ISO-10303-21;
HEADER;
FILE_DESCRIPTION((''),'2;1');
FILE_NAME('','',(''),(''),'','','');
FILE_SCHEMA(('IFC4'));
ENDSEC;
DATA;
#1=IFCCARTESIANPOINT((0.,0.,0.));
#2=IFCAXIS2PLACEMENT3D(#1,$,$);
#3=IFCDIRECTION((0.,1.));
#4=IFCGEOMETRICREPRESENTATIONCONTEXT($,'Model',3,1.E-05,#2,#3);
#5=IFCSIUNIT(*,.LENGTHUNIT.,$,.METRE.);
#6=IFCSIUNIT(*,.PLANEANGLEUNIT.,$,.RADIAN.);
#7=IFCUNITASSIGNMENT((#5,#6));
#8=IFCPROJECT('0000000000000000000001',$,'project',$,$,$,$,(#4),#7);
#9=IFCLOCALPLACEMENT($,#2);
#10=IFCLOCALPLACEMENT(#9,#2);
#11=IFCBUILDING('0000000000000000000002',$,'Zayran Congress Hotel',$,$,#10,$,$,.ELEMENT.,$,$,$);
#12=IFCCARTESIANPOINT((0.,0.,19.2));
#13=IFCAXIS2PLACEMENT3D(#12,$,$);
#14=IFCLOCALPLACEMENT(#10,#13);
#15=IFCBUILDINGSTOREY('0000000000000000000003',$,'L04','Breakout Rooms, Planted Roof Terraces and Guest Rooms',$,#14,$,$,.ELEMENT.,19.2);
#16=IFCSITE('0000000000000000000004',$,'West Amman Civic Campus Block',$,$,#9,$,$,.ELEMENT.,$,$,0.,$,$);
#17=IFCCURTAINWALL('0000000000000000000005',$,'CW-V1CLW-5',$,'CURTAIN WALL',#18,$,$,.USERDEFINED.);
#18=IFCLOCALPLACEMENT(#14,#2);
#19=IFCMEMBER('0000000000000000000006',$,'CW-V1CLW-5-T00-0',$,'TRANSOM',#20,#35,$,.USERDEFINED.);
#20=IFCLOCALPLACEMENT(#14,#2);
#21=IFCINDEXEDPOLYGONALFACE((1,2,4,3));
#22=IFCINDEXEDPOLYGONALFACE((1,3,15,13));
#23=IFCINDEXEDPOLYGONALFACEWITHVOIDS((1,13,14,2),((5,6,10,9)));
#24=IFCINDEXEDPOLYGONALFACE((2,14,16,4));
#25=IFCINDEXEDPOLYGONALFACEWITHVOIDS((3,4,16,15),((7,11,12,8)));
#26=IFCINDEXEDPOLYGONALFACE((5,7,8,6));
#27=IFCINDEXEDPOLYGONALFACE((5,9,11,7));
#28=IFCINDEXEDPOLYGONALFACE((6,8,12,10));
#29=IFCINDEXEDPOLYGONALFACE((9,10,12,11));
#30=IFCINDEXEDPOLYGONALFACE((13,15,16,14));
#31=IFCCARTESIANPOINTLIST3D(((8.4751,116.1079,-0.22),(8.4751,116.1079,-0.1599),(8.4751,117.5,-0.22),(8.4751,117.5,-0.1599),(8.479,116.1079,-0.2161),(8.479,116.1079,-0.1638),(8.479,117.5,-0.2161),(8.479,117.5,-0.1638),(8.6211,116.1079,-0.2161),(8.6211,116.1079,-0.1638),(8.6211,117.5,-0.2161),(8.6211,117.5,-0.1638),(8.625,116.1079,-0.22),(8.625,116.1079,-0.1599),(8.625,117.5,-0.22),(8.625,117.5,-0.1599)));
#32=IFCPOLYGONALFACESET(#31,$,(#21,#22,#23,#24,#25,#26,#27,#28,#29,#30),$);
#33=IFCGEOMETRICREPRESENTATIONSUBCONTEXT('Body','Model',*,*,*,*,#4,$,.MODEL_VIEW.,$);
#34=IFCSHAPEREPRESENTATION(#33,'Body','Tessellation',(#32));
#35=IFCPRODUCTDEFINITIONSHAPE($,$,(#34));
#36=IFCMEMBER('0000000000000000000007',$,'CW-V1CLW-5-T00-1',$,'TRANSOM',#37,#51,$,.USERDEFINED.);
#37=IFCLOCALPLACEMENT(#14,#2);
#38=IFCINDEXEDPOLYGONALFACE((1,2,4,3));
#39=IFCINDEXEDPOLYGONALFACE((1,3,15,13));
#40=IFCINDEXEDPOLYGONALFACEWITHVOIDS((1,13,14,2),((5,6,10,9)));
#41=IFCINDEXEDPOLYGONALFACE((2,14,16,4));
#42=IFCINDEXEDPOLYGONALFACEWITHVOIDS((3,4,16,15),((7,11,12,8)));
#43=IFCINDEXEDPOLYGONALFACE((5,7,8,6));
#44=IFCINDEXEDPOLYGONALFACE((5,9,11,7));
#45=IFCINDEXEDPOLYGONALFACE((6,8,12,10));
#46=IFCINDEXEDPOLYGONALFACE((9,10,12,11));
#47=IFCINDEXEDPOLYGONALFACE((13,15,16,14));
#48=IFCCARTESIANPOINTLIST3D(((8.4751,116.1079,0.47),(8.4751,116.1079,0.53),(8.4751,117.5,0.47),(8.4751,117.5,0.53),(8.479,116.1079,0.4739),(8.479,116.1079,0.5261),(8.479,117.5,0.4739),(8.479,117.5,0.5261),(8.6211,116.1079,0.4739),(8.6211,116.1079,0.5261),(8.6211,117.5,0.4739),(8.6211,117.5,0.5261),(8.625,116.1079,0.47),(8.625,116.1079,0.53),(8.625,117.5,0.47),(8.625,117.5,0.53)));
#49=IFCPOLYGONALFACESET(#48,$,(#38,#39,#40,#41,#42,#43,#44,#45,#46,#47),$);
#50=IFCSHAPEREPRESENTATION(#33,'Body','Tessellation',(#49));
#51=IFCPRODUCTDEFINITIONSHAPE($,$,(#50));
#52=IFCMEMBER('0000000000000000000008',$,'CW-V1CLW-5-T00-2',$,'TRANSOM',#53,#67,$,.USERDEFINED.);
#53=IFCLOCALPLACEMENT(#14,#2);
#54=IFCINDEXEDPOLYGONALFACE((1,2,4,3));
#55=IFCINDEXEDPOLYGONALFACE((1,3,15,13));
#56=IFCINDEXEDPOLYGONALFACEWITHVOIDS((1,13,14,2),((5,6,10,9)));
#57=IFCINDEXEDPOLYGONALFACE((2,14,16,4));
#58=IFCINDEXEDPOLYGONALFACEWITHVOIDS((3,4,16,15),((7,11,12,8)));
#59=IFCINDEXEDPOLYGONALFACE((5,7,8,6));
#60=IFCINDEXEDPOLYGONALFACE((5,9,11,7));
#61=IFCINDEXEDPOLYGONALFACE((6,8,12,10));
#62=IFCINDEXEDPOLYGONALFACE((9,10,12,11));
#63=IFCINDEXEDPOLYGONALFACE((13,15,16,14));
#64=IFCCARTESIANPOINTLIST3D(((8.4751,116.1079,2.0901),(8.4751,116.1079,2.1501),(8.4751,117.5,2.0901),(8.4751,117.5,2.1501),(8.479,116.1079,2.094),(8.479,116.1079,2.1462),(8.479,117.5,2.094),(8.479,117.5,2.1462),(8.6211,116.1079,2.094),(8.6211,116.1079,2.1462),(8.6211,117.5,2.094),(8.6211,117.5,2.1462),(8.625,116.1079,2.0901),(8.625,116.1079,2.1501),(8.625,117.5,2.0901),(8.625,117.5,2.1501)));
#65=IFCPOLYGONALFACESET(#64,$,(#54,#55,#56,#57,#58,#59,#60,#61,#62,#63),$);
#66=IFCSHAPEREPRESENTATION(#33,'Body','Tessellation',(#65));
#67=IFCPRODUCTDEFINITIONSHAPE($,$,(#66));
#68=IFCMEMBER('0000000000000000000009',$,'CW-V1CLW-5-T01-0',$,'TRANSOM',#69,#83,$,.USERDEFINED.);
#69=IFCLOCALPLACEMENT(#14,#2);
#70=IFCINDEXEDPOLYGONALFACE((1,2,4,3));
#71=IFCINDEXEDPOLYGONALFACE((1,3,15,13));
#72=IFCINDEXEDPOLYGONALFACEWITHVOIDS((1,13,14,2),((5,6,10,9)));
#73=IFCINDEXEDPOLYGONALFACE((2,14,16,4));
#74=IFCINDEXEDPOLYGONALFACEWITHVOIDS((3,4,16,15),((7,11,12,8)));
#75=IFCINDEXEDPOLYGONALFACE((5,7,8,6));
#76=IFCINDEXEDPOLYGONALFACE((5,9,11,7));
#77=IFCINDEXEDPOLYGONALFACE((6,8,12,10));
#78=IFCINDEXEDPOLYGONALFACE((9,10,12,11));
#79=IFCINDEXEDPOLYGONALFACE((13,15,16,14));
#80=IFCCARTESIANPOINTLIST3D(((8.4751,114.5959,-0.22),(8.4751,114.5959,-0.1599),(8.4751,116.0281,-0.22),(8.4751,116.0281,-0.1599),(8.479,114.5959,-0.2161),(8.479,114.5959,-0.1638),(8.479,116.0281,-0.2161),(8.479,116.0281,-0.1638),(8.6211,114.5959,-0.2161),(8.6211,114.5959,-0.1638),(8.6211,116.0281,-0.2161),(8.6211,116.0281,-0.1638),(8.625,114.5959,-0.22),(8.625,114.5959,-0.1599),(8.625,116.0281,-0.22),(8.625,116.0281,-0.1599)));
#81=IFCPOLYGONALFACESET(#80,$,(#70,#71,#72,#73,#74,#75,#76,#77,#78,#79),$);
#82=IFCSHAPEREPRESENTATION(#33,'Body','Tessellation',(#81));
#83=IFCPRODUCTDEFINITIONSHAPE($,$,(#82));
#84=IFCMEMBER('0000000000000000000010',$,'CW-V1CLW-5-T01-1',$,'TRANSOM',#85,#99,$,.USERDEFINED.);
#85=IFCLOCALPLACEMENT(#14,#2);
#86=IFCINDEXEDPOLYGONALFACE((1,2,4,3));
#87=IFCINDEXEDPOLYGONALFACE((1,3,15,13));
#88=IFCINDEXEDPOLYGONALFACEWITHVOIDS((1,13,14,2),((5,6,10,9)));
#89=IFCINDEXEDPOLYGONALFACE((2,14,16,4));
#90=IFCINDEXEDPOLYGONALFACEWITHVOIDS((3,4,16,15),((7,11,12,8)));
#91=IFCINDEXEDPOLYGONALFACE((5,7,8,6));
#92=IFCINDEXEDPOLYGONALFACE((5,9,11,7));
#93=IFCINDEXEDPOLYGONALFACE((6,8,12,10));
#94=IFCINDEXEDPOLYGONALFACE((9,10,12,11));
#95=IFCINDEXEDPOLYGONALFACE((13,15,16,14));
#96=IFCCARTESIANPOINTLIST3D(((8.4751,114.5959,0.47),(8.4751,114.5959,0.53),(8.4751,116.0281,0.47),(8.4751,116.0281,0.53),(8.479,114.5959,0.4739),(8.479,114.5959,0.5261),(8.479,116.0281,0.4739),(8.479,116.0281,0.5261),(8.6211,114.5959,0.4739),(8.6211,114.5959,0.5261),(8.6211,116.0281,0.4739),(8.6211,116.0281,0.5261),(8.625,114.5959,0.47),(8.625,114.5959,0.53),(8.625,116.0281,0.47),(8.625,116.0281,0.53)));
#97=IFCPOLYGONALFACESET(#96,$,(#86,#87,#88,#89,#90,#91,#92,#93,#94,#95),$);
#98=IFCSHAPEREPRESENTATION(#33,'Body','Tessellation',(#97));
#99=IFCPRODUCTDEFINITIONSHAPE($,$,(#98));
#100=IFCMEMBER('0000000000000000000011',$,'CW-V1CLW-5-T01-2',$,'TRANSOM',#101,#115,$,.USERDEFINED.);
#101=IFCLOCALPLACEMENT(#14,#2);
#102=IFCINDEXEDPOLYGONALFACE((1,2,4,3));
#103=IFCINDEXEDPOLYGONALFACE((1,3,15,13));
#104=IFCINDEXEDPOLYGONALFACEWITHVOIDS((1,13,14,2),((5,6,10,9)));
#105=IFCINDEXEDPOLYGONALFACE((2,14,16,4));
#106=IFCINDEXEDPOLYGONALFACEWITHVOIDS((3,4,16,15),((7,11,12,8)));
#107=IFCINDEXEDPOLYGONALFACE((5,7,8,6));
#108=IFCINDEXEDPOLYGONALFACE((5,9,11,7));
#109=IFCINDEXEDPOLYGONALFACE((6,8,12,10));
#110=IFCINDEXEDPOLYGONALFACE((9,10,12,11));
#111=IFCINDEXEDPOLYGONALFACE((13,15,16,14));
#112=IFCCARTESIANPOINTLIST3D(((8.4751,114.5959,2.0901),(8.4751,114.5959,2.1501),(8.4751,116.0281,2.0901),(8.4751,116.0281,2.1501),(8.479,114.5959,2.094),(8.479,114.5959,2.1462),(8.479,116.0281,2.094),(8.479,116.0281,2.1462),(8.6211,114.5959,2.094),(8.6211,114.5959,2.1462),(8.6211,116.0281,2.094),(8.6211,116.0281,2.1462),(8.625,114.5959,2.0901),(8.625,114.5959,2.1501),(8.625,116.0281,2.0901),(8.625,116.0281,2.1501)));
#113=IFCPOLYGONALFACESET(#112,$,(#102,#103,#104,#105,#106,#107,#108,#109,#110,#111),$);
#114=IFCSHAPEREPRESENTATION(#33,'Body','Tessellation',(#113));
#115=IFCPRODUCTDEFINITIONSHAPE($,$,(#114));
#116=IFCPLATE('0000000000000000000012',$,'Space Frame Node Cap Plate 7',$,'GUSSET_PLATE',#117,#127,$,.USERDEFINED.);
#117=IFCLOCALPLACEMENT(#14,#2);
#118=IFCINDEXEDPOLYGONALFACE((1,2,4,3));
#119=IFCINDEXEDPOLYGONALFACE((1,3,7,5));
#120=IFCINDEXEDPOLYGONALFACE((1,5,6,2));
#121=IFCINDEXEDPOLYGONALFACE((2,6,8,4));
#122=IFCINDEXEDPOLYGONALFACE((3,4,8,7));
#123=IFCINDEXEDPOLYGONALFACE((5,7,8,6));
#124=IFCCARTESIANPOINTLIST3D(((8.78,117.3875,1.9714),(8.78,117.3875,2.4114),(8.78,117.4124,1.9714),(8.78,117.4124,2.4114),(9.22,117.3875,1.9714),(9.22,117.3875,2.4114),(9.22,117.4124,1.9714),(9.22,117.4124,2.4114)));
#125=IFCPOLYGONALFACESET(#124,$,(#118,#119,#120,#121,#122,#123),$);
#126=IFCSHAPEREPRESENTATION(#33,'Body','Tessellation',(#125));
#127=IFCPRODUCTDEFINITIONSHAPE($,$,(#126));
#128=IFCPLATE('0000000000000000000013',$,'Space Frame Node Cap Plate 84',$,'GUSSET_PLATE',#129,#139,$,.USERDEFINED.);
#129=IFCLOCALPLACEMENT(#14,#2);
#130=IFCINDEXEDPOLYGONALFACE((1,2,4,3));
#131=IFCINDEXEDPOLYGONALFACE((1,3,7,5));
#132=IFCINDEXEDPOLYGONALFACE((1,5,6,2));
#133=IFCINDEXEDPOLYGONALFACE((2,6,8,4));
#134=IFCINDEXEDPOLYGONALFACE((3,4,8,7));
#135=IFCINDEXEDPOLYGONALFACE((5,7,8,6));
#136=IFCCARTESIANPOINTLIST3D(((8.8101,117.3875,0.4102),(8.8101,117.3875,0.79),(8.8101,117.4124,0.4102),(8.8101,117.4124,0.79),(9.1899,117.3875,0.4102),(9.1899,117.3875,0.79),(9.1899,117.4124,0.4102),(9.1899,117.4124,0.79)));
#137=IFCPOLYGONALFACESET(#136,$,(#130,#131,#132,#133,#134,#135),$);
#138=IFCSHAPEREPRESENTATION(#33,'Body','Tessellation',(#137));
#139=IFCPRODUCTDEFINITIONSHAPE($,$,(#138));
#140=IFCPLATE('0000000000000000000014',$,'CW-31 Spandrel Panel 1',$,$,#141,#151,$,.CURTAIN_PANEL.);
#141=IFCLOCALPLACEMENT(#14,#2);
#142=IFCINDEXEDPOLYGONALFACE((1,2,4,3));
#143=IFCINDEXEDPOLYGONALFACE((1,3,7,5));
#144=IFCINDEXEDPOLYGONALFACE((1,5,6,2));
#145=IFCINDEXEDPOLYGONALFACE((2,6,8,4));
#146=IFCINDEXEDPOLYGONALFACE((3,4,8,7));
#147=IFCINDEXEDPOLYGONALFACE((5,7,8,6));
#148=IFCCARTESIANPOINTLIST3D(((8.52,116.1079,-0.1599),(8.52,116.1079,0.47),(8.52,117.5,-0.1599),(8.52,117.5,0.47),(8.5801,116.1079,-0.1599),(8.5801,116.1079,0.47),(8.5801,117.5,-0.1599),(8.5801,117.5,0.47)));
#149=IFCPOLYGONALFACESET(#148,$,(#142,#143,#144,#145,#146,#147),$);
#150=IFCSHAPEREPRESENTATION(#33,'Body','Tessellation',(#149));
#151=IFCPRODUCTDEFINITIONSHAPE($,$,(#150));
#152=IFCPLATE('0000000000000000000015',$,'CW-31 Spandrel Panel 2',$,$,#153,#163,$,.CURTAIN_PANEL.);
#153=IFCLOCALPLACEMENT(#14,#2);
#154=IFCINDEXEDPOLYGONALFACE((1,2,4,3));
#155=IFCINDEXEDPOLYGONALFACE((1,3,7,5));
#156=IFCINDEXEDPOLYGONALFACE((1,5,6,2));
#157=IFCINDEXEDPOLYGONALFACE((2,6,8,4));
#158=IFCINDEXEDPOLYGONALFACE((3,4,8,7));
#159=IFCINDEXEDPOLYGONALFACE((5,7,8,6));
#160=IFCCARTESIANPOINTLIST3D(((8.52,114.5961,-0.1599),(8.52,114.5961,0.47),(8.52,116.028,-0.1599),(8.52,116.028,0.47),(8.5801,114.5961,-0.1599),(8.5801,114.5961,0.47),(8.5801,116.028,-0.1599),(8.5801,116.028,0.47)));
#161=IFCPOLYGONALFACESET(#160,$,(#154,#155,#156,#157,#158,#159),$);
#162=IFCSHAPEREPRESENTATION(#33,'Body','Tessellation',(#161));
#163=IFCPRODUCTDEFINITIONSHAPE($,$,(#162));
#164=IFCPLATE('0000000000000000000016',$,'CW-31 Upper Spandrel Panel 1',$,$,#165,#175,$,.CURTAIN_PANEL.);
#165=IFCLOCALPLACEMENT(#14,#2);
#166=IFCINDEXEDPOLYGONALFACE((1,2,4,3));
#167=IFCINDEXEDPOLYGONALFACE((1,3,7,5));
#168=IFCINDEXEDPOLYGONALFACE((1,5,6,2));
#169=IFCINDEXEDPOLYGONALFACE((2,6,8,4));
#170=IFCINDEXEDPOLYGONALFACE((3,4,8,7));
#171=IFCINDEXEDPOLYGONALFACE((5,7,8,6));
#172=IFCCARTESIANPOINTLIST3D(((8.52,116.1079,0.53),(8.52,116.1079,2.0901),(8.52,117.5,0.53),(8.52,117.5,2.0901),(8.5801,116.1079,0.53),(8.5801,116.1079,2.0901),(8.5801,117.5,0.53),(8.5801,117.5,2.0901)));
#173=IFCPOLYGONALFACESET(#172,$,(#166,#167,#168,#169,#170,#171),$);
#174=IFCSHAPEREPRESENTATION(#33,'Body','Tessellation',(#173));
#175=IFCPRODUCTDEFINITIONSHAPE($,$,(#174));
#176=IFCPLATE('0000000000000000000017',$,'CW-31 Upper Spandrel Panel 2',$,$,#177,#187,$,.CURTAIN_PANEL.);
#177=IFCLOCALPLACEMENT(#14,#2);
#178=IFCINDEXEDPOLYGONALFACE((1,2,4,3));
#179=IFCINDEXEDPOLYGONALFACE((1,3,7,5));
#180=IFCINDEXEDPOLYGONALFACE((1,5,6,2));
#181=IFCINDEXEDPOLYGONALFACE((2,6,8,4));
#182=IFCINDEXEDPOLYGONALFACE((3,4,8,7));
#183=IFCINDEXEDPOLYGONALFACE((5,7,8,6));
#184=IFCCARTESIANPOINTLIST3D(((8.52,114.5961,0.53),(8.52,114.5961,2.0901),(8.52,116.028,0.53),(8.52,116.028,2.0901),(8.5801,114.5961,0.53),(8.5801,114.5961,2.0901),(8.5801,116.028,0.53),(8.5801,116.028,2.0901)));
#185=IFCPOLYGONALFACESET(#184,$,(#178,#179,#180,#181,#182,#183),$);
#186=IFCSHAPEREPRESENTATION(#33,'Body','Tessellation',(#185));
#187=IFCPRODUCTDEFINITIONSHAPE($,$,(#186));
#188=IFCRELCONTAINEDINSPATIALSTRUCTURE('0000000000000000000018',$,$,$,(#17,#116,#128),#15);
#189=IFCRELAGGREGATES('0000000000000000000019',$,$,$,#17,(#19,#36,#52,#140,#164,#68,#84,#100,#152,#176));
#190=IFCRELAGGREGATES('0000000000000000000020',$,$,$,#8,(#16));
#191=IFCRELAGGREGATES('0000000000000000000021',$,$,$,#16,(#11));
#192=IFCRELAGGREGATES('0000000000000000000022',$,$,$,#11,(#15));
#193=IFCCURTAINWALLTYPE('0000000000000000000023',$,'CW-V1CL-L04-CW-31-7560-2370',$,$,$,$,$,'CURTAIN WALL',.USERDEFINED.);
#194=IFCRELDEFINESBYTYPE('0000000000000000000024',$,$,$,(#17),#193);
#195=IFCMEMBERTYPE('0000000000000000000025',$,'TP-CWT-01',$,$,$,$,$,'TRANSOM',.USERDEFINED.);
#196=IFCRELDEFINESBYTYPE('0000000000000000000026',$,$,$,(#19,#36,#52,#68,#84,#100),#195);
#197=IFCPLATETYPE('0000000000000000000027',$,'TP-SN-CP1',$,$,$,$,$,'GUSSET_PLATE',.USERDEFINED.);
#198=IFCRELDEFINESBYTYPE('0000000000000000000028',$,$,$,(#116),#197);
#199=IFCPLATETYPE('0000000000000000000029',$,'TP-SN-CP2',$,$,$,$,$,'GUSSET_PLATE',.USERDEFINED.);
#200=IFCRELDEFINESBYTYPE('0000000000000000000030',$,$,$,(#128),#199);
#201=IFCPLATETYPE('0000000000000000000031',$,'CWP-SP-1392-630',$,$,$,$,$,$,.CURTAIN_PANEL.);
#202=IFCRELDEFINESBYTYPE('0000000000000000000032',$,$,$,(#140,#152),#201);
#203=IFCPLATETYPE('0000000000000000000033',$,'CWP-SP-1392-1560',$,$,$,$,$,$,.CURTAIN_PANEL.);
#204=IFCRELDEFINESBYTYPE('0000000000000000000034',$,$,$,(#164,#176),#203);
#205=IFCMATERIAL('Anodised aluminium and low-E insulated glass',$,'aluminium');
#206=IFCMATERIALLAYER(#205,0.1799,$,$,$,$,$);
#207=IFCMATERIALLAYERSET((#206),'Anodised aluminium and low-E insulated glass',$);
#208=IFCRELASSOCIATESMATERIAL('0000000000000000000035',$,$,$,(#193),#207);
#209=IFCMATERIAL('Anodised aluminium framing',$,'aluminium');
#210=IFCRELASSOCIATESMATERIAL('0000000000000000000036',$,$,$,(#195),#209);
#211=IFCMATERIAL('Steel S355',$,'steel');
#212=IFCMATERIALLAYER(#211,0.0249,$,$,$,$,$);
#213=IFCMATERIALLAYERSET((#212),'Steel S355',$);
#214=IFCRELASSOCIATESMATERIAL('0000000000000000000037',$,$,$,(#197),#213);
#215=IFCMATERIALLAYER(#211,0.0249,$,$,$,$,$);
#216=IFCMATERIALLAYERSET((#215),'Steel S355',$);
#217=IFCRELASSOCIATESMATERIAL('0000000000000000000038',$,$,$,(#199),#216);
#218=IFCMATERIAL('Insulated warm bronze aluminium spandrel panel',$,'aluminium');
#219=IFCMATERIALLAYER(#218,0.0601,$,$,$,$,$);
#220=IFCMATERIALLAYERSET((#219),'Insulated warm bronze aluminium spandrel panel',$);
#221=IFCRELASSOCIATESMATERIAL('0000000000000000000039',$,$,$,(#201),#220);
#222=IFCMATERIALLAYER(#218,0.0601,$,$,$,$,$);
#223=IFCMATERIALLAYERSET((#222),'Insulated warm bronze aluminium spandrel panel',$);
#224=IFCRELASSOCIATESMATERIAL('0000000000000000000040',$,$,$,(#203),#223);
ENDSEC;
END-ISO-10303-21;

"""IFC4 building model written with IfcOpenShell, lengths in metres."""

from ifc_helpers import new_model, si_unit, direction, frame, origin, origin_2d, place, context, subcontext, project, spatial, rectangle, hollow_rectangle, extrude, material, layer, layer_set, material_profile, profile_set, type_object, element, aggregate, save


model = new_model("IFC4")

# Units and contexts
model_context = context("Model", 3, precision=1e-05, world=origin(), true_north=direction((0.0, 1.0)))
body_context = subcontext(model_context, "Body", "Model", "MODEL_VIEW")
ifc_project = project(units=[si_unit("LENGTHUNIT", "METRE"), si_unit("PLANEANGLEUNIT", "RADIAN")], contexts=[model_context])

# Site, building, storey
site_placement = place(None, origin())
site = spatial("IfcSite", under=ifc_project, at=site_placement, Name="West Amman Civic Campus Block", CompositionType="ELEMENT", RefElevation=0.0)
building_placement = place(site_placement, origin())
building = spatial("IfcBuilding", under=site, at=building_placement, Name="Zayran Congress Hotel", CompositionType="ELEMENT")
storey_placement = place(building_placement, frame((0.0, 0.0, 19.2)))
storey = spatial("IfcBuildingStorey", under=building, at=storey_placement, Name="L04", Description="Breakout Rooms, Planted Roof Terraces and Guest Rooms", CompositionType="ELEMENT", Elevation=19.2)

# Shared definitions
ifc_material_1 = material(Name="Steel S355", Category="steel")

# Curtain wall
ifc_material_2 = material(Name="Anodised aluminium and low-E insulated glass", Category="aluminium")
ifc_layer_1 = layer(ifc_material_2, 0.1799)
ifc_layer_set_1 = layer_set([ifc_layer_1], Name="Anodised aluminium and low-E insulated glass")
curtain_wall_type_1 = type_object("IfcCurtainWallType", Name="CW-V1CL-L04-CW-31-7560-2370", ElementType="CURTAIN WALL", PredefinedType="USERDEFINED", material=ifc_layer_set_1)
curtain_wall_1_placement = place(storey_placement, origin())
curtain_wall_1 = element("IfcCurtainWall", 1, at=curtain_wall_1_placement, inside=storey, type_object=curtain_wall_type_1, Name="CW-V1CLW-5", ObjectType="CURTAIN WALL", PredefinedType="USERDEFINED")
ifc_material_3 = material(Name="Anodised aluminium framing", Category="aluminium")

# Members
ifc_material_profile_1 = material_profile(ifc_material_3, hollow_rectangle(XDim=0.0601, YDim=0.1499, WallThickness=0.0039, at=origin_2d()), Name="RHS 150x60x4")
ifc_profile_set_1 = profile_set([ifc_material_profile_1], Name="Anodised aluminium framing")
member_type_1 = type_object("IfcMemberType", Name="TP-CWT-01", ElementType="TRANSOM", PredefinedType="USERDEFINED", material=ifc_profile_set_1)
member_1_placement = place(storey_placement, frame((8.55, 117.5, -0.1899), z_axis=(0.0, -1.0, 0.0), x_axis=(0.0, 0.0, 1.0)))
member_1 = element("IfcMember", 2, at=member_1_placement, type_object=member_type_1, Name="CW-V1CLW-5-T00-0", ObjectType="TRANSOM", PredefinedType="USERDEFINED", context=body_context, shape_type="SweptSolid", body=[
    extrude(hollow_rectangle(XDim=0.0601, YDim=0.1499, WallThickness=0.0039, at=origin_2d()), origin(), (0.0, 0.0, 1.0), 1.3921),
])
member_2_placement = place(storey_placement, frame((8.55, 117.5, 0.5), z_axis=(0.0, -1.0, 0.0), x_axis=(0.0, 0.0, 1.0)))
member_2 = element("IfcMember", 3, at=member_2_placement, type_object=member_type_1, Name="CW-V1CLW-5-T00-1", ObjectType="TRANSOM", PredefinedType="USERDEFINED", context=body_context, shape_type="SweptSolid", body=[
    extrude(hollow_rectangle(XDim=0.0601, YDim=0.1499, WallThickness=0.0039, at=origin_2d()), origin(), (0.0, 0.0, 1.0), 1.3921),
])
member_3_placement = place(storey_placement, frame((8.55, 117.5, 2.1201), z_axis=(0.0, -1.0, 0.0), x_axis=(0.0, 0.0, 1.0)))
member_3 = element("IfcMember", 4, at=member_3_placement, type_object=member_type_1, Name="CW-V1CLW-5-T00-2", ObjectType="TRANSOM", PredefinedType="USERDEFINED", context=body_context, shape_type="SweptSolid", body=[
    extrude(hollow_rectangle(XDim=0.0601, YDim=0.1499, WallThickness=0.0039, at=origin_2d()), origin(), (0.0, 0.0, 1.0), 1.3921),
])
member_4_placement = place(storey_placement, frame((8.55, 116.0281, -0.1899), z_axis=(0.0, -1.0, 0.0), x_axis=(0.0, 0.0, 1.0)))
member_4 = element("IfcMember", 5, at=member_4_placement, type_object=member_type_1, Name="CW-V1CLW-5-T01-0", ObjectType="TRANSOM", PredefinedType="USERDEFINED", context=body_context, shape_type="SweptSolid", body=[
    extrude(hollow_rectangle(XDim=0.0601, YDim=0.1499, WallThickness=0.0039, at=origin_2d()), origin(), (0.0, 0.0, 1.0), 1.4321),
])
member_5_placement = place(storey_placement, frame((8.55, 116.0281, 0.5), z_axis=(0.0, -1.0, 0.0), x_axis=(0.0, 0.0, 1.0)))
member_5 = element("IfcMember", 6, at=member_5_placement, type_object=member_type_1, Name="CW-V1CLW-5-T01-1", ObjectType="TRANSOM", PredefinedType="USERDEFINED", context=body_context, shape_type="SweptSolid", body=[
    extrude(hollow_rectangle(XDim=0.0601, YDim=0.1499, WallThickness=0.0039, at=origin_2d()), origin(), (0.0, 0.0, 1.0), 1.4321),
])
member_6_placement = place(storey_placement, frame((8.55, 116.0281, 2.1201), z_axis=(0.0, -1.0, 0.0), x_axis=(0.0, 0.0, 1.0)))
member_6 = element("IfcMember", 7, at=member_6_placement, type_object=member_type_1, Name="CW-V1CLW-5-T01-2", ObjectType="TRANSOM", PredefinedType="USERDEFINED", context=body_context, shape_type="SweptSolid", body=[
    extrude(hollow_rectangle(XDim=0.0601, YDim=0.1499, WallThickness=0.0039, at=origin_2d()), origin(), (0.0, 0.0, 1.0), 1.4321),
])

# Plates
ifc_layer_2 = layer(ifc_material_1, 0.0249)
ifc_layer_set_2 = layer_set([ifc_layer_2], Name="Steel S355")
plate_type_1 = type_object("IfcPlateType", Name="TP-SN-CP1", ElementType="GUSSET_PLATE", PredefinedType="USERDEFINED", material=ifc_layer_set_2)
plate_1_placement = place(storey_placement, frame((9.0, 117.3999, 1.9714), z_axis=(0.0, 0.0, 1.0), x_axis=(1.0, 0.0, 0.0)))
element("IfcPlate", 8, at=plate_1_placement, inside=storey, type_object=plate_type_1, Name="Space Frame Node Cap Plate 7", ObjectType="GUSSET_PLATE", PredefinedType="USERDEFINED", context=body_context, shape_type="SweptSolid", body=[
    extrude(rectangle(XDim=0.4399, YDim=0.0249, at=origin_2d()), origin(), (0.0, 0.0, 1.0), 0.4399),
])
ifc_layer_3 = layer(ifc_material_1, 0.0249)
ifc_layer_set_3 = layer_set([ifc_layer_3], Name="Steel S355")
plate_type_2 = type_object("IfcPlateType", Name="TP-SN-CP2", ElementType="GUSSET_PLATE", PredefinedType="USERDEFINED", material=ifc_layer_set_3)
plate_2_placement = place(storey_placement, frame((9.0, 117.3999, 0.4102), z_axis=(0.0, 0.0, 1.0), x_axis=(1.0, 0.0, 0.0)))
element("IfcPlate", 9, at=plate_2_placement, inside=storey, type_object=plate_type_2, Name="Space Frame Node Cap Plate 84", ObjectType="GUSSET_PLATE", PredefinedType="USERDEFINED", context=body_context, shape_type="SweptSolid", body=[
    extrude(rectangle(XDim=0.3799, YDim=0.0249, at=origin_2d()), origin(), (0.0, 0.0, 1.0), 0.3799),
])

# Plates
ifc_material_4 = material(Name="Insulated warm bronze aluminium spandrel panel", Category="aluminium")
ifc_layer_4 = layer(ifc_material_4, 0.0601)
ifc_layer_set_4 = layer_set([ifc_layer_4], Name="Insulated warm bronze aluminium spandrel panel")
plate_type_3 = type_object("IfcPlateType", Name="CWP-SP-1392-630", PredefinedType="CURTAIN_PANEL", material=ifc_layer_set_4)
plate_3_placement = place(storey_placement, frame((8.55, 116.804, -0.1599), z_axis=(0.0, 0.0, 1.0), x_axis=(0.0, 1.0, 0.0)))
plate_3 = element("IfcPlate", 10, at=plate_3_placement, type_object=plate_type_3, Name="CW-31 Spandrel Panel 1", PredefinedType="CURTAIN_PANEL", context=body_context, shape_type="SweptSolid", body=[
    extrude(rectangle(XDim=1.3921, YDim=0.0601, at=origin_2d()), origin(), (0.0, 0.0, 1.0), 0.6299),
])
plate_4_placement = place(storey_placement, frame((8.55, 115.312, -0.1599), z_axis=(0.0, 0.0, 1.0), x_axis=(0.0, 1.0, 0.0)))
plate_4 = element("IfcPlate", 11, at=plate_4_placement, type_object=plate_type_3, Name="CW-31 Spandrel Panel 2", PredefinedType="CURTAIN_PANEL", context=body_context, shape_type="SweptSolid", body=[
    extrude(rectangle(XDim=1.4319, YDim=0.0601, at=origin_2d()), origin(), (0.0, 0.0, 1.0), 0.6299),
])
ifc_layer_5 = layer(ifc_material_4, 0.0601)
ifc_layer_set_5 = layer_set([ifc_layer_5], Name="Insulated warm bronze aluminium spandrel panel")
plate_type_4 = type_object("IfcPlateType", Name="CWP-SP-1392-1560", PredefinedType="CURTAIN_PANEL", material=ifc_layer_set_5)
plate_5_placement = place(storey_placement, frame((8.55, 116.804, 0.53), z_axis=(0.0, 0.0, 1.0), x_axis=(0.0, 1.0, 0.0)))
plate_5 = element("IfcPlate", 12, at=plate_5_placement, type_object=plate_type_4, Name="CW-31 Upper Spandrel Panel 1", PredefinedType="CURTAIN_PANEL", context=body_context, shape_type="SweptSolid", body=[
    extrude(rectangle(XDim=1.3921, YDim=0.0601, at=origin_2d()), origin(), (0.0, 0.0, 1.0), 1.5601),
])
plate_6_placement = place(storey_placement, frame((8.55, 115.312, 0.53), z_axis=(0.0, 0.0, 1.0), x_axis=(0.0, 1.0, 0.0)))
plate_6 = element("IfcPlate", 13, at=plate_6_placement, type_object=plate_type_4, Name="CW-31 Upper Spandrel Panel 2", PredefinedType="CURTAIN_PANEL", context=body_context, shape_type="SweptSolid", body=[
    extrude(rectangle(XDim=1.4319, YDim=0.0601, at=origin_2d()), origin(), (0.0, 0.0, 1.0), 1.5601),
])
aggregate(curtain_wall_1, [member_1, member_2, member_3, plate_3, plate_5, member_4, member_5, member_6, plate_4, plate_6])

save(model, "model.ifc")
